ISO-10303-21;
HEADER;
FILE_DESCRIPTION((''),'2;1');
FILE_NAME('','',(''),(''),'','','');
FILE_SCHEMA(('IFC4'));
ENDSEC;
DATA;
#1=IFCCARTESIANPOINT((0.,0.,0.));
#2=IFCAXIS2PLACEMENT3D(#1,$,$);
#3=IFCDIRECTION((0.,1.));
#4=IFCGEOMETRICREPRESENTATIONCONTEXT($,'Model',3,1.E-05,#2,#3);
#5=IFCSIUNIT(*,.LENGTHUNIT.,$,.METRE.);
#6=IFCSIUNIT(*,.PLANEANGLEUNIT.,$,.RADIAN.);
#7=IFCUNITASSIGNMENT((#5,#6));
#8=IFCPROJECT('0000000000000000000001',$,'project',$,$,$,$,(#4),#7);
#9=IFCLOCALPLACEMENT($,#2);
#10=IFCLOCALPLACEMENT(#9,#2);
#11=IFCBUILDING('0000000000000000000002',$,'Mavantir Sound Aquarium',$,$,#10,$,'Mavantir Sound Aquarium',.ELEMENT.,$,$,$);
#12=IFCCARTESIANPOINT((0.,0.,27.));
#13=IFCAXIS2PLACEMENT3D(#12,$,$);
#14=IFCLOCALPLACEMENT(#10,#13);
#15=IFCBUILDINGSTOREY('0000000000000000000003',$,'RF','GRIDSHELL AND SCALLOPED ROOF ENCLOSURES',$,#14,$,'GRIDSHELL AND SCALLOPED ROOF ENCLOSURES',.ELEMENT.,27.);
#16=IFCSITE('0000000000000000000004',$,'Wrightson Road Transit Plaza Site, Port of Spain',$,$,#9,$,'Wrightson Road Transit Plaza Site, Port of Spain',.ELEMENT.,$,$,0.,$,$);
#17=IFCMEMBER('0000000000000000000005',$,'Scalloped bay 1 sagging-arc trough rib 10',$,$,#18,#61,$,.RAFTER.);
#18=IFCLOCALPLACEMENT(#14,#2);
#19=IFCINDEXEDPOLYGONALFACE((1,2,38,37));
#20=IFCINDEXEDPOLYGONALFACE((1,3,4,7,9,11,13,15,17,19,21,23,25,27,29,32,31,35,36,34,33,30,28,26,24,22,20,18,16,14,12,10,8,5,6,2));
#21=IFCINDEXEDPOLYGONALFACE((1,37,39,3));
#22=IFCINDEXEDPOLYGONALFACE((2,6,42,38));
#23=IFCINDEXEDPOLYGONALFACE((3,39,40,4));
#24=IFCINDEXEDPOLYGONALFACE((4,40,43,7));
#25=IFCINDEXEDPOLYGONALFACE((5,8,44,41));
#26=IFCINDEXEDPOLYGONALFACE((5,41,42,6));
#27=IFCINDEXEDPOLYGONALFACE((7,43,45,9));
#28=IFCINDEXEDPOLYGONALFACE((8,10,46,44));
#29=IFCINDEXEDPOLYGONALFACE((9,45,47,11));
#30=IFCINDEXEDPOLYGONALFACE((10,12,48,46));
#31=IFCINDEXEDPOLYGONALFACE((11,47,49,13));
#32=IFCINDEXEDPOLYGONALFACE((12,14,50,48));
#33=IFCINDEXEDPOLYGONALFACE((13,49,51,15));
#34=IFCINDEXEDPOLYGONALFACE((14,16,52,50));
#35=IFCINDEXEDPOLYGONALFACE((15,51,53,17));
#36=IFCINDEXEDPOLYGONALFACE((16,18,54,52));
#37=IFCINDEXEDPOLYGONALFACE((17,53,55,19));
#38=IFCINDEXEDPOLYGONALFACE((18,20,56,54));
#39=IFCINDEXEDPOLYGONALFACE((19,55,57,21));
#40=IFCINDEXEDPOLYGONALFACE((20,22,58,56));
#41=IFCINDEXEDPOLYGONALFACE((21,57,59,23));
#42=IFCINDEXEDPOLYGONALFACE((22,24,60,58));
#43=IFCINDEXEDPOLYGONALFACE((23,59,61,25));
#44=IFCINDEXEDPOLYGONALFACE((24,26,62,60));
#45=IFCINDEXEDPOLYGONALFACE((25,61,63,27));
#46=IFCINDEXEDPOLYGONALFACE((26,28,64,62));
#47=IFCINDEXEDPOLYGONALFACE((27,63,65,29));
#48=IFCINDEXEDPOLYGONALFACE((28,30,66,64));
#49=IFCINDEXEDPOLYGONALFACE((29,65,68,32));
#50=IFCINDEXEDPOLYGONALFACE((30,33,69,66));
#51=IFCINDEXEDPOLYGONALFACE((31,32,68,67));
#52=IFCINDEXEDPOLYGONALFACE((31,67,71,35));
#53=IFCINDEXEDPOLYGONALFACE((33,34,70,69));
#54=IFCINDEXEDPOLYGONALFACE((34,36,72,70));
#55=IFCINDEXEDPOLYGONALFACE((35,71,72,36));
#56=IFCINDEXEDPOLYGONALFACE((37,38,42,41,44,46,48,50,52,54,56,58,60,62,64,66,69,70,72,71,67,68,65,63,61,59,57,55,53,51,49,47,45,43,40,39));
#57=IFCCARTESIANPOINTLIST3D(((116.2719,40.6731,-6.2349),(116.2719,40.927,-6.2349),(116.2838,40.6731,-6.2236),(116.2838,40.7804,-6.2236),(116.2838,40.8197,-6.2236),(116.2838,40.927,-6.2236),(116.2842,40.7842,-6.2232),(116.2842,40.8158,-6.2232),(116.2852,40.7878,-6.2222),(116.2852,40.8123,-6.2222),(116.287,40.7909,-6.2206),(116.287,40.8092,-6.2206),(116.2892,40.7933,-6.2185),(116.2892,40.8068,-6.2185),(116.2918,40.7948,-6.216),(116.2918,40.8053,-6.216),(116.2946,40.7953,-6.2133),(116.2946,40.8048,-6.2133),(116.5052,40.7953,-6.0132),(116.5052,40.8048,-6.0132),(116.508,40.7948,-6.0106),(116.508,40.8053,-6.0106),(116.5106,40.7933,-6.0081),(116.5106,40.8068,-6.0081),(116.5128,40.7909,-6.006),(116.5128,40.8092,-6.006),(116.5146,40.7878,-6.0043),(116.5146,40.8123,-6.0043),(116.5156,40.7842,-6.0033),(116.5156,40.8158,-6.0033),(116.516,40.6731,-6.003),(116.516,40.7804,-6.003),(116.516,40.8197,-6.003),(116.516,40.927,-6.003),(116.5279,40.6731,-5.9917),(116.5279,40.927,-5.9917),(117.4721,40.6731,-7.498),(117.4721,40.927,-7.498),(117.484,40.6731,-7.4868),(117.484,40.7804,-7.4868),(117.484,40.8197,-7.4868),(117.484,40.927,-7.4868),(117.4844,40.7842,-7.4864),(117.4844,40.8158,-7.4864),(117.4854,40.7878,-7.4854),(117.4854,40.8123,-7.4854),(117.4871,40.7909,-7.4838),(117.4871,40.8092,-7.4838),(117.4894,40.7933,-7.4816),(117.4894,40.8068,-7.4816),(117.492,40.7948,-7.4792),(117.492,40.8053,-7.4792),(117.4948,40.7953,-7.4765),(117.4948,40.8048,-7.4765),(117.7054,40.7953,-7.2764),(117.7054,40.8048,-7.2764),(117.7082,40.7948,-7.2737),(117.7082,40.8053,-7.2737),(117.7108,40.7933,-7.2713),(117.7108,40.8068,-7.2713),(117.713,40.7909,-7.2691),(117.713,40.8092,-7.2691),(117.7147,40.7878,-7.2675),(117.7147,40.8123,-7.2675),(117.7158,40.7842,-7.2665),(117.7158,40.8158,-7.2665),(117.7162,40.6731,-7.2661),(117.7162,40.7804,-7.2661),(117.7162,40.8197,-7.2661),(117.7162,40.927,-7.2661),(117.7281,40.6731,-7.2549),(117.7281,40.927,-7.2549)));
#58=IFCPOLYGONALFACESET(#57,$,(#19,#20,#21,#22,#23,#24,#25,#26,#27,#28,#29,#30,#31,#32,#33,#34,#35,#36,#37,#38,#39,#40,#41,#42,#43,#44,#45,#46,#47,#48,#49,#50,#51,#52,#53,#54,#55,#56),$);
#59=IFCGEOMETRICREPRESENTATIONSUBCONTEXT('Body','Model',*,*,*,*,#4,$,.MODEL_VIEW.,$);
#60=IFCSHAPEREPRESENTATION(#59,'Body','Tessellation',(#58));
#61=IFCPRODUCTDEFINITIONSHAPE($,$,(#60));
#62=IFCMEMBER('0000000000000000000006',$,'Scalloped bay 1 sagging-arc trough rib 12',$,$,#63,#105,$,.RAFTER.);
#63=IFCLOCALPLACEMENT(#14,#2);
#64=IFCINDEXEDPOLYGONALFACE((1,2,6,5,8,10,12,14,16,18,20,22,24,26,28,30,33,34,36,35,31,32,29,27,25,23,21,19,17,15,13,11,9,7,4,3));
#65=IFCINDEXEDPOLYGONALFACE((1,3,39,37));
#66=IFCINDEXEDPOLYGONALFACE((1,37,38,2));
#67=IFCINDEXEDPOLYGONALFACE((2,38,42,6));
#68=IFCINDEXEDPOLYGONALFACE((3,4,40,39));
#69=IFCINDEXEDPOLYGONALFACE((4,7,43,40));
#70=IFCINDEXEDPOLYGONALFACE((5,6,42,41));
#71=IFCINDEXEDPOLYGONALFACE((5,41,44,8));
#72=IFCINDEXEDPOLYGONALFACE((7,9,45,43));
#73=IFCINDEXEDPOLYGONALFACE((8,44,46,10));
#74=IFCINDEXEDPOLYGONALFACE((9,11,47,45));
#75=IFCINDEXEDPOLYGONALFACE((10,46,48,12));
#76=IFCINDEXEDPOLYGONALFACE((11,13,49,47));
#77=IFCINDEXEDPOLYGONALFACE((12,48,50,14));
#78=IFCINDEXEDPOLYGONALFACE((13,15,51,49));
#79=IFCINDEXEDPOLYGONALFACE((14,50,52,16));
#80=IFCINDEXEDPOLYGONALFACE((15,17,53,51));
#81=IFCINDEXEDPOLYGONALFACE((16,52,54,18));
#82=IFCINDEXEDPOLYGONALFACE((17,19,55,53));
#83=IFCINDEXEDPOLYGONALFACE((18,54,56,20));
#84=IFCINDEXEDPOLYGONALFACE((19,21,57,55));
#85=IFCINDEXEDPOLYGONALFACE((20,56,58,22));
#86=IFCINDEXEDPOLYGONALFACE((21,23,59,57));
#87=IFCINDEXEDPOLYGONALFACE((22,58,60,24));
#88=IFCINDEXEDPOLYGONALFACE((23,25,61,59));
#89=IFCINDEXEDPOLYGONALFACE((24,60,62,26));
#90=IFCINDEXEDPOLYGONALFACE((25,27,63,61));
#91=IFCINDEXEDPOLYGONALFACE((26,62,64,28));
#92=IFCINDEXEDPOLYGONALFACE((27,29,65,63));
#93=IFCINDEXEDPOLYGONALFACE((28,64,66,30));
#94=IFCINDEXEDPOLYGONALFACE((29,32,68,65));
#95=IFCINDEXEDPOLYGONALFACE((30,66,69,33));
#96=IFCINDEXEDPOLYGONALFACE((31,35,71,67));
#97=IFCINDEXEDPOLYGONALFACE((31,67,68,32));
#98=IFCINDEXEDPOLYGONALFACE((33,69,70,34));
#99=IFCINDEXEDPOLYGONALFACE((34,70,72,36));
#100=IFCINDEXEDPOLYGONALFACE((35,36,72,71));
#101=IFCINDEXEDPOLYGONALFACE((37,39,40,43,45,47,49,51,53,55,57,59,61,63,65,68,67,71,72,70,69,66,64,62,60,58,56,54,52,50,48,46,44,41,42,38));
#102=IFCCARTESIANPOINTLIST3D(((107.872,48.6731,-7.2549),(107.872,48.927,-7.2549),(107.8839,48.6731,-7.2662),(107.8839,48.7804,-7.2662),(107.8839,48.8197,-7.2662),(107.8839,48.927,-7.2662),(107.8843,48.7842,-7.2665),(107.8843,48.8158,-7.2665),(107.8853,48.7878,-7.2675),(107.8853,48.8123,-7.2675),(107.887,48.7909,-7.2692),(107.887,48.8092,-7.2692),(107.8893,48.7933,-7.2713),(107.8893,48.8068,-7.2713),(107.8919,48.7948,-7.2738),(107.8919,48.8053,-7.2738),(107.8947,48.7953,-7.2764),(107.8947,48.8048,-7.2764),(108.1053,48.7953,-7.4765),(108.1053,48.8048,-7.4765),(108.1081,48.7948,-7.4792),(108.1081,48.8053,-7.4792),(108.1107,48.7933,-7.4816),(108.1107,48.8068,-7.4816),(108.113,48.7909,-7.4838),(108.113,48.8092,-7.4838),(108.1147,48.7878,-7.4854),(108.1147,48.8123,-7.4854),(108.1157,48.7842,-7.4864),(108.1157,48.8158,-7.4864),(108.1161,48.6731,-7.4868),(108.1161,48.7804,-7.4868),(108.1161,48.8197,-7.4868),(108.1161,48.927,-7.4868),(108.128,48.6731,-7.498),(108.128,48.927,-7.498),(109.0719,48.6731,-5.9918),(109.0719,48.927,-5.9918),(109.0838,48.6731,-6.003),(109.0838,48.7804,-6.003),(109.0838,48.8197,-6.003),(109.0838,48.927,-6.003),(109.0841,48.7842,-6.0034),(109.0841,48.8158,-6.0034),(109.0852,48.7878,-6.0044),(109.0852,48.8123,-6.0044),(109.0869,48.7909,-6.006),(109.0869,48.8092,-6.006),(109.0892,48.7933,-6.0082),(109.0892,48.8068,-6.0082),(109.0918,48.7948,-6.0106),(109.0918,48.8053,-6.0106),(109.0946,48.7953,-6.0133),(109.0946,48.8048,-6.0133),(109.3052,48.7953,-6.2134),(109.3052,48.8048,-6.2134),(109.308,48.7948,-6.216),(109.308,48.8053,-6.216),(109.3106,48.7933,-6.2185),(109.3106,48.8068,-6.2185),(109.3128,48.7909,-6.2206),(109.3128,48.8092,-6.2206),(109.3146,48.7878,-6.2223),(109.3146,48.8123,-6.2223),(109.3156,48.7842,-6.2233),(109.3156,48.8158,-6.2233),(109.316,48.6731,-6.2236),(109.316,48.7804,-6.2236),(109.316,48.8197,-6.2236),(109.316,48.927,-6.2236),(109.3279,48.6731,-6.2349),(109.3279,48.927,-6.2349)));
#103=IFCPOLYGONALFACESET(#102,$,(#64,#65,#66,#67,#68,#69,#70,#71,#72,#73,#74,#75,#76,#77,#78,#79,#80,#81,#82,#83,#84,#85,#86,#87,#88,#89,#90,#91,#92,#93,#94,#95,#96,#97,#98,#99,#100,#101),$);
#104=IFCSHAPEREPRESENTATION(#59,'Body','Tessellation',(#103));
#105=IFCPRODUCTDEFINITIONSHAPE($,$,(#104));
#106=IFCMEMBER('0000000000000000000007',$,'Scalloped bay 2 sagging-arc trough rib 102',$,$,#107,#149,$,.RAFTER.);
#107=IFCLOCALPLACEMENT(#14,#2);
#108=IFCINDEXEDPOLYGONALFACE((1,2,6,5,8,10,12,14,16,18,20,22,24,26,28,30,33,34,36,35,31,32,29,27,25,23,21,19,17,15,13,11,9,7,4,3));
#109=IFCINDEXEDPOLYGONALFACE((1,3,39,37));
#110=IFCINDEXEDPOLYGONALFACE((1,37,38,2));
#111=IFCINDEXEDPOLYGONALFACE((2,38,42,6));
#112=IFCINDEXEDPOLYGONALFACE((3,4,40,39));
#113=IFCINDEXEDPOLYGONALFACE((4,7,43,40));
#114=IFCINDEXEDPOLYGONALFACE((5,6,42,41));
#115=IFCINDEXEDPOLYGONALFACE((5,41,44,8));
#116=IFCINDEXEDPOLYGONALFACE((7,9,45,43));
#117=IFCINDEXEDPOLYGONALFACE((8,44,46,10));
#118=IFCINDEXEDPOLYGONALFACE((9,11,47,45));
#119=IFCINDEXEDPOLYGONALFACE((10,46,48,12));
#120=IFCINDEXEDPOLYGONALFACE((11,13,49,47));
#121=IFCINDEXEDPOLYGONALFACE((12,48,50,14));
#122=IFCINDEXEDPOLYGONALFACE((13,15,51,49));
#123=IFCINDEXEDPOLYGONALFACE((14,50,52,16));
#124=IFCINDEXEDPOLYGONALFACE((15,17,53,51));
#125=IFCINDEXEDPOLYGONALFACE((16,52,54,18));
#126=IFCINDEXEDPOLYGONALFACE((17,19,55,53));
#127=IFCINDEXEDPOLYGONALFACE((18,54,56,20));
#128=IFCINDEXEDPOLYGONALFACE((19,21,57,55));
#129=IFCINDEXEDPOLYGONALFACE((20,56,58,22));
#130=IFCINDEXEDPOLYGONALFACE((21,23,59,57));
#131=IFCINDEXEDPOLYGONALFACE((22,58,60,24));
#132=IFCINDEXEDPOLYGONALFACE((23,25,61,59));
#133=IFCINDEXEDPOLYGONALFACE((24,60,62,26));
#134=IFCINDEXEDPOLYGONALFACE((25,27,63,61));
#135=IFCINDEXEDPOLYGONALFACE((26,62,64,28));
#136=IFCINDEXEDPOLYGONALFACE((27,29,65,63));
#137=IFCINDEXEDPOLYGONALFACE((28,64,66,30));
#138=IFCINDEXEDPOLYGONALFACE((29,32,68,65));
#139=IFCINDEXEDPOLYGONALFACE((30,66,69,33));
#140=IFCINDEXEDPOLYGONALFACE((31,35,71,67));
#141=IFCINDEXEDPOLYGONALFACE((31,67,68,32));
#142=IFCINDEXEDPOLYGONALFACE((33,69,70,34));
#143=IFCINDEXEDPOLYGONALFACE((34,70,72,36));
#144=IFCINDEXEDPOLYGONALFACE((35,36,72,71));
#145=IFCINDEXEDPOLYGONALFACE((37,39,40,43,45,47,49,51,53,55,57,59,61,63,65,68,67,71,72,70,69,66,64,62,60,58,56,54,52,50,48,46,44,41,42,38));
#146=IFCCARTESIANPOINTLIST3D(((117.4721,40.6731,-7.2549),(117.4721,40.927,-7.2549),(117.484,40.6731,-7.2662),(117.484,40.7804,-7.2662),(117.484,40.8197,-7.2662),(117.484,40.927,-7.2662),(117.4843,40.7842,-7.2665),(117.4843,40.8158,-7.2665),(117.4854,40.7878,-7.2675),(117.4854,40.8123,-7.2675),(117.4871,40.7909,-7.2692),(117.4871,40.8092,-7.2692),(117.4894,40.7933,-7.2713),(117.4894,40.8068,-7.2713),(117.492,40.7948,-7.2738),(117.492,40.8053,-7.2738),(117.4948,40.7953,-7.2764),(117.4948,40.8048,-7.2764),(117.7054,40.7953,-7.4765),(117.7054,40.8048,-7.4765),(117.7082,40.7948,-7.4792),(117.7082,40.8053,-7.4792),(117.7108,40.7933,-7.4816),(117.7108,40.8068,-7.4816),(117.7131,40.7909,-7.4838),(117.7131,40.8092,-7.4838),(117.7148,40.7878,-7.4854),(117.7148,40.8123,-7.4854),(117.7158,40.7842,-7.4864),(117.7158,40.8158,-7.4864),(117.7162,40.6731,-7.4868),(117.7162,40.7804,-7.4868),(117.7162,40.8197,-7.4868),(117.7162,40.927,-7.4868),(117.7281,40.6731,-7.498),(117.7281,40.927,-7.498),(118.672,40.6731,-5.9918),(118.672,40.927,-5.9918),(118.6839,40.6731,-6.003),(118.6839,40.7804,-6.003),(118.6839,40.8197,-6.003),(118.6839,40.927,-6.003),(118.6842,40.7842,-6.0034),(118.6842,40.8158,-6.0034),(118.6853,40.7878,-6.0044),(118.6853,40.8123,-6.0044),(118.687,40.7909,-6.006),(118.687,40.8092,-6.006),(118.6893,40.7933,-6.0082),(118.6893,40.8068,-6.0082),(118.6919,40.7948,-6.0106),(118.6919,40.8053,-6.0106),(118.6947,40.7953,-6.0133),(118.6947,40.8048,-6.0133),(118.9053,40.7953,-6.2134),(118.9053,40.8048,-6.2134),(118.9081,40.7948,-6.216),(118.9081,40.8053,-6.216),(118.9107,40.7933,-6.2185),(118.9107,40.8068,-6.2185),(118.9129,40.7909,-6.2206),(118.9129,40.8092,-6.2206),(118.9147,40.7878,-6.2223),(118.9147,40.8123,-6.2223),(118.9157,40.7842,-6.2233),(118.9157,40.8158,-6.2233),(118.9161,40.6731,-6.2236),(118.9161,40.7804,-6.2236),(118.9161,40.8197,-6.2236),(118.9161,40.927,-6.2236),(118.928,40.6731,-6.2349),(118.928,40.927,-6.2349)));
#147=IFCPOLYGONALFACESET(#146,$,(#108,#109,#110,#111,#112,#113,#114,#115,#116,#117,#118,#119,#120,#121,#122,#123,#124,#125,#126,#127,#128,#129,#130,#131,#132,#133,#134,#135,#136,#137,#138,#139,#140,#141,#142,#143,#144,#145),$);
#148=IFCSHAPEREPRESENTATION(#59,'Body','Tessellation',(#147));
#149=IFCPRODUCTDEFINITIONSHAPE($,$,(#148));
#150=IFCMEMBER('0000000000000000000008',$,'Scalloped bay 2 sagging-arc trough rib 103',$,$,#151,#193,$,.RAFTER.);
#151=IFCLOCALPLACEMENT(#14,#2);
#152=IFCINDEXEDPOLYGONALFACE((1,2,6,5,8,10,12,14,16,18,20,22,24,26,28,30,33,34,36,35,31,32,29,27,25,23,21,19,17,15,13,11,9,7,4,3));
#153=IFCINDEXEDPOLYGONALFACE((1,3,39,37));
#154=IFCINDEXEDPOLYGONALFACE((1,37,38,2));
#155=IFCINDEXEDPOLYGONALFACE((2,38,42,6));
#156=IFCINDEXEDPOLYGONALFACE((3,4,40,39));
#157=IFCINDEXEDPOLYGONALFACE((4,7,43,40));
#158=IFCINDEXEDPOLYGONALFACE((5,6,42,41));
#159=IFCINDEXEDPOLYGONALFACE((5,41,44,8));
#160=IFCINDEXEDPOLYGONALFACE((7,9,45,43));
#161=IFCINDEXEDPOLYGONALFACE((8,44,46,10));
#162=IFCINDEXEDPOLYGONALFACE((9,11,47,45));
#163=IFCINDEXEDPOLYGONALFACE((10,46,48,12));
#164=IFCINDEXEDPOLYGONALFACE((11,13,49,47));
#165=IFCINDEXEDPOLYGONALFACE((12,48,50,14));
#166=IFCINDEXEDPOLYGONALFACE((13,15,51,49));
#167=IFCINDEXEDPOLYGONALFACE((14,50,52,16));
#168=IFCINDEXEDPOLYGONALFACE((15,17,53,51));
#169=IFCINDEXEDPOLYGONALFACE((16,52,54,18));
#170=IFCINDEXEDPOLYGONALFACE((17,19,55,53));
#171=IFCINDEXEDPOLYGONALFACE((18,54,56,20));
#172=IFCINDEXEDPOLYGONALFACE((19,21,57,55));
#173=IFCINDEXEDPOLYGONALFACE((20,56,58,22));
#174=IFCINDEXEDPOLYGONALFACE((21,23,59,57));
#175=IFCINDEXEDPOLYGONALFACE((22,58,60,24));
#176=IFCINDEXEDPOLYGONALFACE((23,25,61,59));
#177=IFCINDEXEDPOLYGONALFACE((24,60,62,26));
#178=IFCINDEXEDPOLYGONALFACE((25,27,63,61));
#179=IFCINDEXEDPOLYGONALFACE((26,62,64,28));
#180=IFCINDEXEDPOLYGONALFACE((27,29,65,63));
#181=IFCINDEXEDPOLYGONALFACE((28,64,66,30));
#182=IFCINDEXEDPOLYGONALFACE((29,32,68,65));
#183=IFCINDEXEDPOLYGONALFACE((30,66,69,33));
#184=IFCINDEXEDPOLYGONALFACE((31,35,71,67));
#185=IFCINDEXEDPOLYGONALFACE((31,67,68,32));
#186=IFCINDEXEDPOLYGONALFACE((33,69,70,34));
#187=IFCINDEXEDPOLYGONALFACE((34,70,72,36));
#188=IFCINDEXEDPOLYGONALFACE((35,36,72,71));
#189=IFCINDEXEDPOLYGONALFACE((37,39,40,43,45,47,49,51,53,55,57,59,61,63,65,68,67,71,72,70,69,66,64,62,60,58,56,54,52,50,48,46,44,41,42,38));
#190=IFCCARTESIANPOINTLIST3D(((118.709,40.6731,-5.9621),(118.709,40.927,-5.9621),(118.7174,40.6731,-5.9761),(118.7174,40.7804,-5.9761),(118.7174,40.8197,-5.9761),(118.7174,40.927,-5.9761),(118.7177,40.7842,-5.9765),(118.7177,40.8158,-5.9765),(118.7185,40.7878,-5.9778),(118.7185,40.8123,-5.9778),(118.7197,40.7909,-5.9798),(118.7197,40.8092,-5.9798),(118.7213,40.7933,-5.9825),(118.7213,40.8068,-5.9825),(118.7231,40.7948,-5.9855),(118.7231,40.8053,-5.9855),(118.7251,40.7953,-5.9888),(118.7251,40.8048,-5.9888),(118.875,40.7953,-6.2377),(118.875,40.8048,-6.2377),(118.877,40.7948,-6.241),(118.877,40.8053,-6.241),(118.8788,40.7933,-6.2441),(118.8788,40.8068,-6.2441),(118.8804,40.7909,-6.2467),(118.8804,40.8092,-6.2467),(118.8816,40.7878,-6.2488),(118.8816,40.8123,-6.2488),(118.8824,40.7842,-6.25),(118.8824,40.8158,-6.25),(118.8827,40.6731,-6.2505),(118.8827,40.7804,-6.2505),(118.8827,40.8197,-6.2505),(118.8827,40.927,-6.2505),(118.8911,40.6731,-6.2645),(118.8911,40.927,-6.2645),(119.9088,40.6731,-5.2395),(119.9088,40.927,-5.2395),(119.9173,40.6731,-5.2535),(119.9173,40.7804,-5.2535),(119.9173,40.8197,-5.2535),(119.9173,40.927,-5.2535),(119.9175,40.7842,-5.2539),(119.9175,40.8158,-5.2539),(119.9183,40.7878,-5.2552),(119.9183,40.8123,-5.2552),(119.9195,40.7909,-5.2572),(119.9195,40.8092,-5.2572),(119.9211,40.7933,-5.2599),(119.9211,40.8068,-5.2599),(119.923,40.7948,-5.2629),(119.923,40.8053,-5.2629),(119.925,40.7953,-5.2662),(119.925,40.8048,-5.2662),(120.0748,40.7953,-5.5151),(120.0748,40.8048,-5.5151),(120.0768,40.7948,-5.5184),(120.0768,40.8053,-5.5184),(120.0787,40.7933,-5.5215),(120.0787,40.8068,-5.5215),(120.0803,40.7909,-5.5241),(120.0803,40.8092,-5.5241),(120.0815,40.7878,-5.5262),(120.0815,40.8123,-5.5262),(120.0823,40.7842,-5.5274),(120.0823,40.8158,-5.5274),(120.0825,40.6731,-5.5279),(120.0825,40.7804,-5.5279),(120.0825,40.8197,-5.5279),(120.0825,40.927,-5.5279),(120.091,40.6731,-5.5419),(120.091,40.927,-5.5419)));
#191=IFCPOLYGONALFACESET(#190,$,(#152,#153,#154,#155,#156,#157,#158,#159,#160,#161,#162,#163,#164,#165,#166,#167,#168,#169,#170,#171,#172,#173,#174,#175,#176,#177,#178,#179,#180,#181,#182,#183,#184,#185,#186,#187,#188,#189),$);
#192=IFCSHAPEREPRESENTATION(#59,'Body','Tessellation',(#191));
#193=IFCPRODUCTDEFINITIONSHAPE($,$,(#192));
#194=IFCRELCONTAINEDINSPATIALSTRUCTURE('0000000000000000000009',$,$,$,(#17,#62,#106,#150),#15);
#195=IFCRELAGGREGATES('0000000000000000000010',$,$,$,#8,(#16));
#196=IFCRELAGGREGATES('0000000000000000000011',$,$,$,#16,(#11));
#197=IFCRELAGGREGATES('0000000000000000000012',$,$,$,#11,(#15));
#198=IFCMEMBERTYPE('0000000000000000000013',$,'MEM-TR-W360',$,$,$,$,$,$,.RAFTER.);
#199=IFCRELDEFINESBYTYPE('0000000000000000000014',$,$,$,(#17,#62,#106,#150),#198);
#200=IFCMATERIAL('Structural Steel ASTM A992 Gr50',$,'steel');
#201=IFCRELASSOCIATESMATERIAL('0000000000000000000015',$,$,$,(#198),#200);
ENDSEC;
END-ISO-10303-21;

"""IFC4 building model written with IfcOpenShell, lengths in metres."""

from ifc_helpers import new_model, si_unit, direction, frame, origin, origin_2d, place, context, subcontext, project, spatial, i_section, extrude, material, material_profile, profile_set, type_object, element, save


model = new_model("IFC4")

# Units and contexts
model_context = context("Model", 3, precision=1e-05, world=origin(), true_north=direction((0.0, 1.0)))
body_context = subcontext(model_context, "Body", "Model", "MODEL_VIEW")
ifc_project = project(units=[si_unit("LENGTHUNIT", "METRE"), si_unit("PLANEANGLEUNIT", "RADIAN")], contexts=[model_context])

# Site, building, storey
site_placement = place(None, origin())
site = spatial("IfcSite", under=ifc_project, at=site_placement, Name="Wrightson Road Transit Plaza Site, Port of Spain", LongName="Wrightson Road Transit Plaza Site, Port of Spain", CompositionType="ELEMENT", RefElevation=0.0)
building_placement = place(site_placement, origin())
building = spatial("IfcBuilding", under=site, at=building_placement, Name="Mavantir Sound Aquarium", LongName="Mavantir Sound Aquarium", CompositionType="ELEMENT")
storey_placement = place(building_placement, frame((0.0, 0.0, 27.0)))
storey = spatial("IfcBuildingStorey", under=building, at=storey_placement, Name="RF", Description="GRIDSHELL AND SCALLOPED ROOF ENCLOSURES", LongName="GRIDSHELL AND SCALLOPED ROOF ENCLOSURES", CompositionType="ELEMENT", Elevation=27.0)

# Shared definitions
ifc_material_1 = material(Name="Structural Steel ASTM A992 Gr50", Category="steel")

# Members
ifc_material_profile_1 = material_profile(ifc_material_1, i_section(OverallWidth=0.2539, OverallDepth=0.353, WebThickness=0.0095, FlangeThickness=0.0164, FilletRadius=0.0149, at=origin_2d()), Name="W360X91")
ifc_profile_set_1 = profile_set([ifc_material_profile_1], Name="Structural Steel ASTM A992 Gr50")
member_type_1 = type_object("IfcMemberType", Name="MEM-TR-W360", PredefinedType="RAFTER", material=ifc_profile_set_1)
member_1_placement = place(storey_placement, frame((116.3999, 40.8, -6.1133), z_axis=(0.688801, 0.0, -0.72495), x_axis=(0.0, 1.0, 0.0)))
element("IfcMember", 1, at=member_1_placement, inside=storey, type_object=member_type_1, Name="Scalloped bay 1 sagging-arc trough rib 10", PredefinedType="RAFTER", context=body_context, shape_type="SweptSolid", body=[
    extrude(i_section(OverallWidth=0.2539, OverallDepth=0.353, WebThickness=0.0095, FlangeThickness=0.0164, FilletRadius=0.0149, at=origin_2d()), origin(), (0.0, 0.0, 1.0), 1.7424),
])
for number, where, z_axis, x_axis, name in (
    (2, (108.0, 48.8, -7.3765), (0.688727, 0.0, 0.72502), (0.0, 1.0, 0.0), "Scalloped bay 1 sagging-arc trough rib 12"),
    (3, (117.6001, 40.8, -7.3765), (0.688727, 0.0, 0.72502), (0.0, 1.0, 0.0), "Scalloped bay 2 sagging-arc trough rib 102"),
):
    element("IfcMember", number, at=place(storey_placement, frame(where, z_axis=z_axis, x_axis=x_axis)), inside=storey, type_object=member_type_1, Name=name, PredefinedType="RAFTER", context=body_context, shape_type="SweptSolid", body=[
        extrude(i_section(OverallWidth=0.2539, OverallDepth=0.353, WebThickness=0.0095, FlangeThickness=0.0164, FilletRadius=0.0149, at=origin_2d()), origin(), (0.0, 0.0, 1.0), 1.7422),
    ])
member_2_placement = place(storey_placement, frame((118.8, 40.8, -6.1133), z_axis=(0.856646, 0.0, 0.515905), x_axis=(0.0, 1.0, 0.0)))
element("IfcMember", 4, at=member_2_placement, inside=storey, type_object=member_type_1, Name="Scalloped bay 2 sagging-arc trough rib 103", PredefinedType="RAFTER", context=body_context, shape_type="SweptSolid", body=[
    extrude(i_section(OverallWidth=0.2539, OverallDepth=0.353, WebThickness=0.0095, FlangeThickness=0.0164, FilletRadius=0.0149, at=origin_2d()), origin(), (0.0, 0.0, 1.0), 1.4006),
])

save(model, "model.ifc")
